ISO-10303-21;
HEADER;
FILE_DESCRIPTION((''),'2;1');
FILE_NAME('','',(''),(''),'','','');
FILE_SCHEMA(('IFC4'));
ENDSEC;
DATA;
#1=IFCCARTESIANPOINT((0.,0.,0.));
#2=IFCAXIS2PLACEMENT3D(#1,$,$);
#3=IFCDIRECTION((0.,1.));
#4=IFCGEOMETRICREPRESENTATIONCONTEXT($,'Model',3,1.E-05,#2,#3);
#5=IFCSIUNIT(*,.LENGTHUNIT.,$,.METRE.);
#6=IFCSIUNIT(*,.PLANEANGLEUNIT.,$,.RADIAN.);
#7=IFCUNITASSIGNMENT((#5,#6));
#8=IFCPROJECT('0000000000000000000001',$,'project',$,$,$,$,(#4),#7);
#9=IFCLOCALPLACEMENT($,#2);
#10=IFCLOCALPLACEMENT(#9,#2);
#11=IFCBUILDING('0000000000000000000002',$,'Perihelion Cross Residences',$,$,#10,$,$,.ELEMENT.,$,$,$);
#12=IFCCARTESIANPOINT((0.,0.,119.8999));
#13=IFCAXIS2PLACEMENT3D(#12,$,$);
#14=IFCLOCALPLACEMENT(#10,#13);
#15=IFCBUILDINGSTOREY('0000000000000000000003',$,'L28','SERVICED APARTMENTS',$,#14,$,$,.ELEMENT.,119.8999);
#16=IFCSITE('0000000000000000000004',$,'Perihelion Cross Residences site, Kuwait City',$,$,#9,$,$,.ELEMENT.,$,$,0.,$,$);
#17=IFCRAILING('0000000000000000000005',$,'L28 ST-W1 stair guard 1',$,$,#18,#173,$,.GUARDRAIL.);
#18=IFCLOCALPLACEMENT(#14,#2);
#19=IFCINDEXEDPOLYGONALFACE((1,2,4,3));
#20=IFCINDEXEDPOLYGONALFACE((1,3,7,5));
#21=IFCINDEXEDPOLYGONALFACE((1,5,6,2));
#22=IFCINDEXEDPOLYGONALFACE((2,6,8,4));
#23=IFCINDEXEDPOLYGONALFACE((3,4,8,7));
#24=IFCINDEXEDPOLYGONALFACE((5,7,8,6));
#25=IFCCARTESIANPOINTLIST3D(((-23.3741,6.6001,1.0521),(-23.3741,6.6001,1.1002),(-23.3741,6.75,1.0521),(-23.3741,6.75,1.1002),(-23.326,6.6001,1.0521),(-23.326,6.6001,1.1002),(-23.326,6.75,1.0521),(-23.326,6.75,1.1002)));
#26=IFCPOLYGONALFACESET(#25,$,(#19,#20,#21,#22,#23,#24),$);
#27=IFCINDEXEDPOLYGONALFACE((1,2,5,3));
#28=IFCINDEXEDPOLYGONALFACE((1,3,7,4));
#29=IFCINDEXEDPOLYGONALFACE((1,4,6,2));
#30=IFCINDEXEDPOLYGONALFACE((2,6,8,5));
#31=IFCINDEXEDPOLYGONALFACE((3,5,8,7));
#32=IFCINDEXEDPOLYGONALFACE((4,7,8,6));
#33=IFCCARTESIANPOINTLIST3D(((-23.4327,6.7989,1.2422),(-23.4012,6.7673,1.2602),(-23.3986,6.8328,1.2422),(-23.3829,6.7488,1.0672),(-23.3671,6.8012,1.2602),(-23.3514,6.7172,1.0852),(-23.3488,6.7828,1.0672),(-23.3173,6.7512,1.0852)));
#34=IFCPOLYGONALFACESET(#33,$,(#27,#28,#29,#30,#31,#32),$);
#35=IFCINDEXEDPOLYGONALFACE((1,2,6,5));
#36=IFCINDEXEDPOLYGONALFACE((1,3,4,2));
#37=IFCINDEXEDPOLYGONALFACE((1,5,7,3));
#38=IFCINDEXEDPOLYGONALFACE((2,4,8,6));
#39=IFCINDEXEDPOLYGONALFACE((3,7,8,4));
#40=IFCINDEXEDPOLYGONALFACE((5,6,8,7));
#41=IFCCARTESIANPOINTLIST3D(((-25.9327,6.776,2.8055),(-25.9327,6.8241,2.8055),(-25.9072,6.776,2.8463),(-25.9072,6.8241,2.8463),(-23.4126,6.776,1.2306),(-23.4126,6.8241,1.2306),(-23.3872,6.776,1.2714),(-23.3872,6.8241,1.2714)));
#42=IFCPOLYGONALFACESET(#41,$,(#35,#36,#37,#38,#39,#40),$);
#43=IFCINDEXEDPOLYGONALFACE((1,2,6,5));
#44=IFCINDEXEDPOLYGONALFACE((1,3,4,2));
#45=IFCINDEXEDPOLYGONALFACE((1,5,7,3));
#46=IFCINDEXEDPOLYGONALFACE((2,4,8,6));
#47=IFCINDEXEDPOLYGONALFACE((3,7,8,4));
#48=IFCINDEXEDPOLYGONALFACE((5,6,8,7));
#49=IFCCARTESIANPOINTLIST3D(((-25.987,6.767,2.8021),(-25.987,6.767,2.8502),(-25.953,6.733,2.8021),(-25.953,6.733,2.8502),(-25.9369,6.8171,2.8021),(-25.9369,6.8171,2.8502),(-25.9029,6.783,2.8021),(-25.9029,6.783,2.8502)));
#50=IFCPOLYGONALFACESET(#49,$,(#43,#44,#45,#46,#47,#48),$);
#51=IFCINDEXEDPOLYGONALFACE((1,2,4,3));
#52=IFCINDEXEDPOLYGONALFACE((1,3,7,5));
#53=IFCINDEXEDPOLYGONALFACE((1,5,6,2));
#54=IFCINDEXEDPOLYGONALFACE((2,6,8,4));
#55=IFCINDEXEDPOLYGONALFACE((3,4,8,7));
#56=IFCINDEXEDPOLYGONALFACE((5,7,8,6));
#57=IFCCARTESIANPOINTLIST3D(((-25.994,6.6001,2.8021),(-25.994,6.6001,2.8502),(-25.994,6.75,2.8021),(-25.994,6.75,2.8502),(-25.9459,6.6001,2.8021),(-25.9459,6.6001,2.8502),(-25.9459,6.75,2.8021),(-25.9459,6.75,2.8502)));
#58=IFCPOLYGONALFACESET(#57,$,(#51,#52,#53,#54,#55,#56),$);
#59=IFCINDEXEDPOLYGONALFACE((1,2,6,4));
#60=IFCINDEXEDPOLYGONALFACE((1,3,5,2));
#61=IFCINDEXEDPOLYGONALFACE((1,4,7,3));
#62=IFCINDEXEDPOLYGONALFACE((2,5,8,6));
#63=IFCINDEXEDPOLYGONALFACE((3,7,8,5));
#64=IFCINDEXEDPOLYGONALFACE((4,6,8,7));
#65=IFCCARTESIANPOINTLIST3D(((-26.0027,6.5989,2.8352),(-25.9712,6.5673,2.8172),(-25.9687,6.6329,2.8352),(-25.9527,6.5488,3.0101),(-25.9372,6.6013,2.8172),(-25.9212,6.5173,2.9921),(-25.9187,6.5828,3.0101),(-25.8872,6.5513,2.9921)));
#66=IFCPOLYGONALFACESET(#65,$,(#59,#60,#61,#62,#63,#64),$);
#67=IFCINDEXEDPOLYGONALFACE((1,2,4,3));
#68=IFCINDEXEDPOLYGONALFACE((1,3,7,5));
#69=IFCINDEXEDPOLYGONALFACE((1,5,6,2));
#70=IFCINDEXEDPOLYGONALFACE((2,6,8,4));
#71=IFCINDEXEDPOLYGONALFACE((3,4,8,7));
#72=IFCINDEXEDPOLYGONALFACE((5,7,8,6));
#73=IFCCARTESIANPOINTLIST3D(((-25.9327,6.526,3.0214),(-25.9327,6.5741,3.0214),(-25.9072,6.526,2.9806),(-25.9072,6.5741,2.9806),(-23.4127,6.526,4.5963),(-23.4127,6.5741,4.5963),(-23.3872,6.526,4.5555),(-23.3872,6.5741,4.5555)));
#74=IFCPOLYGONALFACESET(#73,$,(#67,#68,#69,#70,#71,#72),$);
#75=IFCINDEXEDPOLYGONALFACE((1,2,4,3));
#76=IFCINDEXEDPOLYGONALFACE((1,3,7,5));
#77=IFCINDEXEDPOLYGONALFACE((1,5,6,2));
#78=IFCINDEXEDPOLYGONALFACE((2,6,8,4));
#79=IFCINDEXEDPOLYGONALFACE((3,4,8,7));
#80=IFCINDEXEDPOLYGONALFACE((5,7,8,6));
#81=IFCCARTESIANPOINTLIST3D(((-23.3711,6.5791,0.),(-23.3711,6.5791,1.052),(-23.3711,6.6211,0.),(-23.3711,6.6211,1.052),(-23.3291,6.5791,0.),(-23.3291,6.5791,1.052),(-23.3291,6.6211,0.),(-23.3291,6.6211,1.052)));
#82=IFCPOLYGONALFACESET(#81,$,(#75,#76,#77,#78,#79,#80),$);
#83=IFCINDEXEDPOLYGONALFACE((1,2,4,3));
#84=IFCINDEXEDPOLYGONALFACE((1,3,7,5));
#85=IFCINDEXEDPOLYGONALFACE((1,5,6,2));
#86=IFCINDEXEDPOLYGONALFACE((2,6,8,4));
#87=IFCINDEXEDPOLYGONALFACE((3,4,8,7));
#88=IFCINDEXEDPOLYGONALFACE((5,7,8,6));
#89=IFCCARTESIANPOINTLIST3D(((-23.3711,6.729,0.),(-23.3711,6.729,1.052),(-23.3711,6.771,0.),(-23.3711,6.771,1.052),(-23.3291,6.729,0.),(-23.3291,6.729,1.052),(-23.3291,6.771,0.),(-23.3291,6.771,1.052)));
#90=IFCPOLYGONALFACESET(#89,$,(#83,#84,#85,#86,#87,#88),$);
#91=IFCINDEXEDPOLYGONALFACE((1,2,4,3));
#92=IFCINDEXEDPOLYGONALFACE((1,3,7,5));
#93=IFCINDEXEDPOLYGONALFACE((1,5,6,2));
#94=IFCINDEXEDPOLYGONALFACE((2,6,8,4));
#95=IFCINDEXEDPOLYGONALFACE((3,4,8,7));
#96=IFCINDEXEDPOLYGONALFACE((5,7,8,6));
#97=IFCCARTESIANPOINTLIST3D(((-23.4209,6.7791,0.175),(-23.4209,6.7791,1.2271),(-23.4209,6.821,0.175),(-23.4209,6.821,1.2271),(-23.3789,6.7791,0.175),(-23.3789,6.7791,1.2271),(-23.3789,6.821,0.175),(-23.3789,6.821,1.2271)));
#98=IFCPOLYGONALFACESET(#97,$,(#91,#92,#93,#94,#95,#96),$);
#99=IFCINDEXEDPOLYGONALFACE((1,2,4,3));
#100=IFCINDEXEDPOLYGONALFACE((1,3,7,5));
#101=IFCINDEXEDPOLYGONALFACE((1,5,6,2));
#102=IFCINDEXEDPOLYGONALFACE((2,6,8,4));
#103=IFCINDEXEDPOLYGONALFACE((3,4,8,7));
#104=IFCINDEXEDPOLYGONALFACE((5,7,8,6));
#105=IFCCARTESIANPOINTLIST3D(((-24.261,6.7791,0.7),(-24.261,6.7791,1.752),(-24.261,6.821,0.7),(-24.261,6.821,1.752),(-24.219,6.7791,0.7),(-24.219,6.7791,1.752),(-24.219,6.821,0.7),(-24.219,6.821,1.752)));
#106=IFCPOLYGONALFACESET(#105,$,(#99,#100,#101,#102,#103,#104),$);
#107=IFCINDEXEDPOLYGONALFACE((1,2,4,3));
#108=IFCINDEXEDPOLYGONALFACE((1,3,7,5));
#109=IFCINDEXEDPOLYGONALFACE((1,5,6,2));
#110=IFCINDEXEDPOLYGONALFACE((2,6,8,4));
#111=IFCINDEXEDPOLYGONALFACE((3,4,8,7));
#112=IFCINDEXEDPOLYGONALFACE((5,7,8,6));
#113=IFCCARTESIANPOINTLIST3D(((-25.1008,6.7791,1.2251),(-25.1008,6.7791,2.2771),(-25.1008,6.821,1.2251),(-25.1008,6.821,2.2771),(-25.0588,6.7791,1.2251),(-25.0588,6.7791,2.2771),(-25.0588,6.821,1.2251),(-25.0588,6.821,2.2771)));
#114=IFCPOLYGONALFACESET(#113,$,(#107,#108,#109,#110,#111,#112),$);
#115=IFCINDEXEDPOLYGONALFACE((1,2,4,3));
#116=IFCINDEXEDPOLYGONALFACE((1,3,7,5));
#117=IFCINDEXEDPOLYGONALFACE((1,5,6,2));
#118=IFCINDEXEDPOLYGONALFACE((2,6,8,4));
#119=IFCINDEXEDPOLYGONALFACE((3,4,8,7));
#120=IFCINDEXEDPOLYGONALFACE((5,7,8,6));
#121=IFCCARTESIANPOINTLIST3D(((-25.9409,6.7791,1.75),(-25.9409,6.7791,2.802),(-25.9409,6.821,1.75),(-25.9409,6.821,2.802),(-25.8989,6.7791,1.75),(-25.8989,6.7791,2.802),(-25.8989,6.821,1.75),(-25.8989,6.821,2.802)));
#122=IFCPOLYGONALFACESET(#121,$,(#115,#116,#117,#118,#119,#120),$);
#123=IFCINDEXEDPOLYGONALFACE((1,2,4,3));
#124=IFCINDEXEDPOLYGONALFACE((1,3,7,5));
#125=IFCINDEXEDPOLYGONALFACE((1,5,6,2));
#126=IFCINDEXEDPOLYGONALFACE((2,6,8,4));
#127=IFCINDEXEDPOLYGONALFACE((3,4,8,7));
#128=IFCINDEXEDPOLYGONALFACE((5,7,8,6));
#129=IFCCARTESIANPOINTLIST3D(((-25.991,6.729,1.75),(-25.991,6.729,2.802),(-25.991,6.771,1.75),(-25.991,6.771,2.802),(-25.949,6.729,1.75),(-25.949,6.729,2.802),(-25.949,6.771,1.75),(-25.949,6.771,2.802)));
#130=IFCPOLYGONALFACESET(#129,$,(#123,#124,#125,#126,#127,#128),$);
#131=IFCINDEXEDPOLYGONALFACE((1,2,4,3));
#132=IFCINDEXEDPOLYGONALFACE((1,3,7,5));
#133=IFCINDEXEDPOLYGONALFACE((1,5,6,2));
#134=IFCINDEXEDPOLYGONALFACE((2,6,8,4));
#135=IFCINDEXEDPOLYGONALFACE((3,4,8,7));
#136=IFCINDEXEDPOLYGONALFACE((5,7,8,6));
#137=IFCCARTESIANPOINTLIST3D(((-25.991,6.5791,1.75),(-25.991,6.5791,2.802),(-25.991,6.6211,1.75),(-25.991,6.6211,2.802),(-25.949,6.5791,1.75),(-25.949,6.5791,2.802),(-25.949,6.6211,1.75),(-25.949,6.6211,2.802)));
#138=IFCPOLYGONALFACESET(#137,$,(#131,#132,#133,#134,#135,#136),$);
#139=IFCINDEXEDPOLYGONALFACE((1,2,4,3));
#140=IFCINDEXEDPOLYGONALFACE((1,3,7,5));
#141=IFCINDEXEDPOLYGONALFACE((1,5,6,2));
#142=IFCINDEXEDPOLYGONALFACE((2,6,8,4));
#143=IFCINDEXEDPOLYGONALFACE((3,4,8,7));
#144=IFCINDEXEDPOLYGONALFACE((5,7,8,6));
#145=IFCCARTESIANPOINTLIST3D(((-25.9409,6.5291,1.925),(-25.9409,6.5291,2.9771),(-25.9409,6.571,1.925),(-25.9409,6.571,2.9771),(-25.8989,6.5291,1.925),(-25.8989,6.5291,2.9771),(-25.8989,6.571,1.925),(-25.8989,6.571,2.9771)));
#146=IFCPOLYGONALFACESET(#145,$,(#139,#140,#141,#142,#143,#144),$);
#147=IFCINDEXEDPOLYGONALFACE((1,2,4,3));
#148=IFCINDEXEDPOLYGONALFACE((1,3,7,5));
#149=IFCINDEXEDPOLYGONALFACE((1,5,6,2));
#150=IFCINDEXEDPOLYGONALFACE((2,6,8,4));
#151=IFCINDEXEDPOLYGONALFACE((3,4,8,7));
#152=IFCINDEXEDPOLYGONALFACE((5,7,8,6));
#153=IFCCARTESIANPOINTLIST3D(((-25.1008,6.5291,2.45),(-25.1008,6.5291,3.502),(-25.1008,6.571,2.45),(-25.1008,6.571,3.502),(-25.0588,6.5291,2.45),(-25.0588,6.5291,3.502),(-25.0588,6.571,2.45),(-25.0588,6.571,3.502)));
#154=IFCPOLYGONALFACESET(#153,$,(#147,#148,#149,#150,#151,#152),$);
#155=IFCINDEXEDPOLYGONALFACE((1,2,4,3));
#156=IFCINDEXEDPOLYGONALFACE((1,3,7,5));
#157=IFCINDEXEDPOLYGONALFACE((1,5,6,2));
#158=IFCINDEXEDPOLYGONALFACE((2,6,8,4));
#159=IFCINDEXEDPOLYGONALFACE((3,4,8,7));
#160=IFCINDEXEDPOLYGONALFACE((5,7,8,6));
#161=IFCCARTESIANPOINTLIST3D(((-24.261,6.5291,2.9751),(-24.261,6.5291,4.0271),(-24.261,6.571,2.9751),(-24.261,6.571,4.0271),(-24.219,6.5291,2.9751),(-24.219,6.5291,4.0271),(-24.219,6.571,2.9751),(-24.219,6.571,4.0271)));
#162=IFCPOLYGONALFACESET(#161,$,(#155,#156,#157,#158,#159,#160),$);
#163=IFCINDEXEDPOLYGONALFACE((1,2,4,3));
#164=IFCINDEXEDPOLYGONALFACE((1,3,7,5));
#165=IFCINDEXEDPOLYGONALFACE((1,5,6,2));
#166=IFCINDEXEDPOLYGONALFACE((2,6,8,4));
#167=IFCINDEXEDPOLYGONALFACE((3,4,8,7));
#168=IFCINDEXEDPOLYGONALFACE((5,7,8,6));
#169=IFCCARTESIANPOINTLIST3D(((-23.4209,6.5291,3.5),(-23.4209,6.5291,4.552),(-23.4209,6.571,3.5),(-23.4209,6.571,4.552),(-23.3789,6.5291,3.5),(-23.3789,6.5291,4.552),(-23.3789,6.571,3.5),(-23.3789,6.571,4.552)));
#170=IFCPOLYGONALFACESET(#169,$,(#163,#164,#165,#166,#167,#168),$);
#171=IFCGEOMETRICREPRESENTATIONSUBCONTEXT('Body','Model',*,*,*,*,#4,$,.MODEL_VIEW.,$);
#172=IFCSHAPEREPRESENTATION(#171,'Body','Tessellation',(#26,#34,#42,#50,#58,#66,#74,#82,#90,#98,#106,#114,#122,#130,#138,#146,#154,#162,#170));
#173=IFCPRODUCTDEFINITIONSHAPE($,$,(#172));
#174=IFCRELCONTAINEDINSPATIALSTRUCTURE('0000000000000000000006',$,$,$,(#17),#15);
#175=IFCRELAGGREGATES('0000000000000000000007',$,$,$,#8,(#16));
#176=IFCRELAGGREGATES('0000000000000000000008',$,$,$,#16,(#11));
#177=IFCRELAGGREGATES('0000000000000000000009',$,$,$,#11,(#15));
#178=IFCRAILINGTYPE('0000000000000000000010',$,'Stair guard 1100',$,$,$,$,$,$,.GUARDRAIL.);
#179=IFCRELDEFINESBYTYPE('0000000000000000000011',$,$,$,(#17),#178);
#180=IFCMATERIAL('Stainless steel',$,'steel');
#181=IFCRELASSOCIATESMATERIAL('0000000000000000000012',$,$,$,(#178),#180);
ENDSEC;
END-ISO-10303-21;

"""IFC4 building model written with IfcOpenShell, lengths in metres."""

from ifc_helpers import new_model, si_unit, direction, frame, origin, origin_2d, place, context, subcontext, project, spatial, rectangle, extrude, material, type_object, element, save


model = new_model("IFC4")

# Units and contexts
model_context = context("Model", 3, precision=1e-05, world=origin(), true_north=direction((0.0, 1.0)))
body_context = subcontext(model_context, "Body", "Model", "MODEL_VIEW")
ifc_project = project(units=[si_unit("LENGTHUNIT", "METRE"), si_unit("PLANEANGLEUNIT", "RADIAN")], contexts=[model_context])

# Site, building, storey
site_placement = place(None, origin())
site = spatial("IfcSite", under=ifc_project, at=site_placement, Name="Perihelion Cross Residences site, Kuwait City", CompositionType="ELEMENT", RefElevation=0.0)
building_placement = place(site_placement, origin())
building = spatial("IfcBuilding", under=site, at=building_placement, Name="Perihelion Cross Residences", CompositionType="ELEMENT")
storey_placement = place(building_placement, frame((0.0, 0.0, 119.8999)))
storey = spatial("IfcBuildingStorey", under=building, at=storey_placement, Name="L28", Description="SERVICED APARTMENTS", CompositionType="ELEMENT", Elevation=119.8999)

# Railing
ifc_material_1 = material(Name="Stainless steel", Category="steel")
railing_type_1 = type_object("IfcRailingType", Name="Stair guard 1100", PredefinedType="GUARDRAIL", material=ifc_material_1)
railing_1_placement = place(storey_placement, frame((-23.3501, 6.6001, 0.0)))
element("IfcRailing", 1, at=railing_1_placement, inside=storey, type_object=railing_type_1, Name="L28 ST-W1 stair guard 1", PredefinedType="GUARDRAIL", context=body_context, shape_type="SweptSolid", body=[
    extrude(rectangle(XDim=0.0481, YDim=0.0481, at=origin_2d()), frame((0.0, 0.0, 1.0762), z_axis=(0.0, 1.0, 0.0), x_axis=(-1.0, 0.0, 0.0)), (0.0, 0.0, 1.0), 0.1499),
    extrude(rectangle(XDim=0.0481, YDim=0.0481, at=origin_2d()), frame((0.0, 0.1499, 1.0762), z_axis=(-0.263862, 0.265156, 0.927399), x_axis=(-0.708834, -0.705376, 0.0)), (0.0, 0.0, 1.0), 0.1887),
    extrude(rectangle(XDim=0.0481, YDim=0.0481, at=origin_2d()), frame((-0.0498, 0.2, 1.251), z_axis=(-0.848008, 0.0, 0.529984), x_axis=(0.0, -1.0, 0.0)), (0.0, 0.0, 1.0), 2.9717),
    extrude(rectangle(XDim=0.0481, YDim=0.0481, at=origin_2d()), frame((-2.5698, 0.2, 2.8262), z_axis=(-0.707107, -0.707107, 0.0), x_axis=(0.707107, -0.707107, 0.0)), (0.0, 0.0, 1.0), 0.0708),
    extrude(rectangle(XDim=0.0481, YDim=0.0481, at=origin_2d()), frame((-2.6199, 0.1499, 2.8262), z_axis=(0.0, -1.0, 0.0), x_axis=(1.0, 0.0, 0.0)), (0.0, 0.0, 1.0), 0.1499),
    extrude(rectangle(XDim=0.0481, YDim=0.0481, at=origin_2d()), frame((-2.6199, 0.0, 2.8262), z_axis=(0.265065, -0.265065, 0.927082), x_axis=(0.707107, 0.707107, 0.0)), (0.0, 0.0, 1.0), 0.1887),
    extrude(rectangle(XDim=0.0481, YDim=0.0481, at=origin_2d()), frame((-2.5698, -0.05, 3.001), z_axis=(0.848008, 0.0, 0.529984), x_axis=(0.0, 1.0, 0.0)), (0.0, 0.0, 1.0), 2.9717),
    extrude(rectangle(XDim=0.042, YDim=0.042, at=origin_2d()), origin(), (0.0, 0.0, 1.0), 1.052),
    extrude(rectangle(XDim=0.042, YDim=0.042, at=origin_2d()), frame((0.0, 0.1499, 0.0)), (0.0, 0.0, 1.0), 1.052),
    extrude(rectangle(XDim=0.042, YDim=0.042, at=origin_2d()), frame((-0.0498, 0.2, 0.175)), (0.0, 0.0, 1.0), 1.052),
    extrude(rectangle(XDim=0.042, YDim=0.042, at=origin_2d()), frame((-0.8899, 0.2, 0.7)), (0.0, 0.0, 1.0), 1.052),
    extrude(rectangle(XDim=0.042, YDim=0.042, at=origin_2d()), frame((-1.7297, 0.2, 1.2251)), (0.0, 0.0, 1.0), 1.052),
    extrude(rectangle(XDim=0.042, YDim=0.042, at=origin_2d()), frame((-2.5698, 0.2, 1.75)), (0.0, 0.0, 1.0), 1.052),
    extrude(rectangle(XDim=0.042, YDim=0.042, at=origin_2d()), frame((-2.6199, 0.1499, 1.75)), (0.0, 0.0, 1.0), 1.052),
    extrude(rectangle(XDim=0.042, YDim=0.042, at=origin_2d()), frame((-2.6199, 0.0, 1.75)), (0.0, 0.0, 1.0), 1.052),
    extrude(rectangle(XDim=0.042, YDim=0.042, at=origin_2d()), frame((-2.5698, -0.05, 1.925)), (0.0, 0.0, 1.0), 1.052),
    extrude(rectangle(XDim=0.042, YDim=0.042, at=origin_2d()), frame((-1.7297, -0.05, 2.45)), (0.0, 0.0, 1.0), 1.052),
    extrude(rectangle(XDim=0.042, YDim=0.042, at=origin_2d()), frame((-0.8899, -0.05, 2.9751)), (0.0, 0.0, 1.0), 1.052),
    extrude(rectangle(XDim=0.042, YDim=0.042, at=origin_2d()), frame((-0.0498, -0.05, 3.5)), (0.0, 0.0, 1.0), 1.052),
])

save(model, "model.ifc")
